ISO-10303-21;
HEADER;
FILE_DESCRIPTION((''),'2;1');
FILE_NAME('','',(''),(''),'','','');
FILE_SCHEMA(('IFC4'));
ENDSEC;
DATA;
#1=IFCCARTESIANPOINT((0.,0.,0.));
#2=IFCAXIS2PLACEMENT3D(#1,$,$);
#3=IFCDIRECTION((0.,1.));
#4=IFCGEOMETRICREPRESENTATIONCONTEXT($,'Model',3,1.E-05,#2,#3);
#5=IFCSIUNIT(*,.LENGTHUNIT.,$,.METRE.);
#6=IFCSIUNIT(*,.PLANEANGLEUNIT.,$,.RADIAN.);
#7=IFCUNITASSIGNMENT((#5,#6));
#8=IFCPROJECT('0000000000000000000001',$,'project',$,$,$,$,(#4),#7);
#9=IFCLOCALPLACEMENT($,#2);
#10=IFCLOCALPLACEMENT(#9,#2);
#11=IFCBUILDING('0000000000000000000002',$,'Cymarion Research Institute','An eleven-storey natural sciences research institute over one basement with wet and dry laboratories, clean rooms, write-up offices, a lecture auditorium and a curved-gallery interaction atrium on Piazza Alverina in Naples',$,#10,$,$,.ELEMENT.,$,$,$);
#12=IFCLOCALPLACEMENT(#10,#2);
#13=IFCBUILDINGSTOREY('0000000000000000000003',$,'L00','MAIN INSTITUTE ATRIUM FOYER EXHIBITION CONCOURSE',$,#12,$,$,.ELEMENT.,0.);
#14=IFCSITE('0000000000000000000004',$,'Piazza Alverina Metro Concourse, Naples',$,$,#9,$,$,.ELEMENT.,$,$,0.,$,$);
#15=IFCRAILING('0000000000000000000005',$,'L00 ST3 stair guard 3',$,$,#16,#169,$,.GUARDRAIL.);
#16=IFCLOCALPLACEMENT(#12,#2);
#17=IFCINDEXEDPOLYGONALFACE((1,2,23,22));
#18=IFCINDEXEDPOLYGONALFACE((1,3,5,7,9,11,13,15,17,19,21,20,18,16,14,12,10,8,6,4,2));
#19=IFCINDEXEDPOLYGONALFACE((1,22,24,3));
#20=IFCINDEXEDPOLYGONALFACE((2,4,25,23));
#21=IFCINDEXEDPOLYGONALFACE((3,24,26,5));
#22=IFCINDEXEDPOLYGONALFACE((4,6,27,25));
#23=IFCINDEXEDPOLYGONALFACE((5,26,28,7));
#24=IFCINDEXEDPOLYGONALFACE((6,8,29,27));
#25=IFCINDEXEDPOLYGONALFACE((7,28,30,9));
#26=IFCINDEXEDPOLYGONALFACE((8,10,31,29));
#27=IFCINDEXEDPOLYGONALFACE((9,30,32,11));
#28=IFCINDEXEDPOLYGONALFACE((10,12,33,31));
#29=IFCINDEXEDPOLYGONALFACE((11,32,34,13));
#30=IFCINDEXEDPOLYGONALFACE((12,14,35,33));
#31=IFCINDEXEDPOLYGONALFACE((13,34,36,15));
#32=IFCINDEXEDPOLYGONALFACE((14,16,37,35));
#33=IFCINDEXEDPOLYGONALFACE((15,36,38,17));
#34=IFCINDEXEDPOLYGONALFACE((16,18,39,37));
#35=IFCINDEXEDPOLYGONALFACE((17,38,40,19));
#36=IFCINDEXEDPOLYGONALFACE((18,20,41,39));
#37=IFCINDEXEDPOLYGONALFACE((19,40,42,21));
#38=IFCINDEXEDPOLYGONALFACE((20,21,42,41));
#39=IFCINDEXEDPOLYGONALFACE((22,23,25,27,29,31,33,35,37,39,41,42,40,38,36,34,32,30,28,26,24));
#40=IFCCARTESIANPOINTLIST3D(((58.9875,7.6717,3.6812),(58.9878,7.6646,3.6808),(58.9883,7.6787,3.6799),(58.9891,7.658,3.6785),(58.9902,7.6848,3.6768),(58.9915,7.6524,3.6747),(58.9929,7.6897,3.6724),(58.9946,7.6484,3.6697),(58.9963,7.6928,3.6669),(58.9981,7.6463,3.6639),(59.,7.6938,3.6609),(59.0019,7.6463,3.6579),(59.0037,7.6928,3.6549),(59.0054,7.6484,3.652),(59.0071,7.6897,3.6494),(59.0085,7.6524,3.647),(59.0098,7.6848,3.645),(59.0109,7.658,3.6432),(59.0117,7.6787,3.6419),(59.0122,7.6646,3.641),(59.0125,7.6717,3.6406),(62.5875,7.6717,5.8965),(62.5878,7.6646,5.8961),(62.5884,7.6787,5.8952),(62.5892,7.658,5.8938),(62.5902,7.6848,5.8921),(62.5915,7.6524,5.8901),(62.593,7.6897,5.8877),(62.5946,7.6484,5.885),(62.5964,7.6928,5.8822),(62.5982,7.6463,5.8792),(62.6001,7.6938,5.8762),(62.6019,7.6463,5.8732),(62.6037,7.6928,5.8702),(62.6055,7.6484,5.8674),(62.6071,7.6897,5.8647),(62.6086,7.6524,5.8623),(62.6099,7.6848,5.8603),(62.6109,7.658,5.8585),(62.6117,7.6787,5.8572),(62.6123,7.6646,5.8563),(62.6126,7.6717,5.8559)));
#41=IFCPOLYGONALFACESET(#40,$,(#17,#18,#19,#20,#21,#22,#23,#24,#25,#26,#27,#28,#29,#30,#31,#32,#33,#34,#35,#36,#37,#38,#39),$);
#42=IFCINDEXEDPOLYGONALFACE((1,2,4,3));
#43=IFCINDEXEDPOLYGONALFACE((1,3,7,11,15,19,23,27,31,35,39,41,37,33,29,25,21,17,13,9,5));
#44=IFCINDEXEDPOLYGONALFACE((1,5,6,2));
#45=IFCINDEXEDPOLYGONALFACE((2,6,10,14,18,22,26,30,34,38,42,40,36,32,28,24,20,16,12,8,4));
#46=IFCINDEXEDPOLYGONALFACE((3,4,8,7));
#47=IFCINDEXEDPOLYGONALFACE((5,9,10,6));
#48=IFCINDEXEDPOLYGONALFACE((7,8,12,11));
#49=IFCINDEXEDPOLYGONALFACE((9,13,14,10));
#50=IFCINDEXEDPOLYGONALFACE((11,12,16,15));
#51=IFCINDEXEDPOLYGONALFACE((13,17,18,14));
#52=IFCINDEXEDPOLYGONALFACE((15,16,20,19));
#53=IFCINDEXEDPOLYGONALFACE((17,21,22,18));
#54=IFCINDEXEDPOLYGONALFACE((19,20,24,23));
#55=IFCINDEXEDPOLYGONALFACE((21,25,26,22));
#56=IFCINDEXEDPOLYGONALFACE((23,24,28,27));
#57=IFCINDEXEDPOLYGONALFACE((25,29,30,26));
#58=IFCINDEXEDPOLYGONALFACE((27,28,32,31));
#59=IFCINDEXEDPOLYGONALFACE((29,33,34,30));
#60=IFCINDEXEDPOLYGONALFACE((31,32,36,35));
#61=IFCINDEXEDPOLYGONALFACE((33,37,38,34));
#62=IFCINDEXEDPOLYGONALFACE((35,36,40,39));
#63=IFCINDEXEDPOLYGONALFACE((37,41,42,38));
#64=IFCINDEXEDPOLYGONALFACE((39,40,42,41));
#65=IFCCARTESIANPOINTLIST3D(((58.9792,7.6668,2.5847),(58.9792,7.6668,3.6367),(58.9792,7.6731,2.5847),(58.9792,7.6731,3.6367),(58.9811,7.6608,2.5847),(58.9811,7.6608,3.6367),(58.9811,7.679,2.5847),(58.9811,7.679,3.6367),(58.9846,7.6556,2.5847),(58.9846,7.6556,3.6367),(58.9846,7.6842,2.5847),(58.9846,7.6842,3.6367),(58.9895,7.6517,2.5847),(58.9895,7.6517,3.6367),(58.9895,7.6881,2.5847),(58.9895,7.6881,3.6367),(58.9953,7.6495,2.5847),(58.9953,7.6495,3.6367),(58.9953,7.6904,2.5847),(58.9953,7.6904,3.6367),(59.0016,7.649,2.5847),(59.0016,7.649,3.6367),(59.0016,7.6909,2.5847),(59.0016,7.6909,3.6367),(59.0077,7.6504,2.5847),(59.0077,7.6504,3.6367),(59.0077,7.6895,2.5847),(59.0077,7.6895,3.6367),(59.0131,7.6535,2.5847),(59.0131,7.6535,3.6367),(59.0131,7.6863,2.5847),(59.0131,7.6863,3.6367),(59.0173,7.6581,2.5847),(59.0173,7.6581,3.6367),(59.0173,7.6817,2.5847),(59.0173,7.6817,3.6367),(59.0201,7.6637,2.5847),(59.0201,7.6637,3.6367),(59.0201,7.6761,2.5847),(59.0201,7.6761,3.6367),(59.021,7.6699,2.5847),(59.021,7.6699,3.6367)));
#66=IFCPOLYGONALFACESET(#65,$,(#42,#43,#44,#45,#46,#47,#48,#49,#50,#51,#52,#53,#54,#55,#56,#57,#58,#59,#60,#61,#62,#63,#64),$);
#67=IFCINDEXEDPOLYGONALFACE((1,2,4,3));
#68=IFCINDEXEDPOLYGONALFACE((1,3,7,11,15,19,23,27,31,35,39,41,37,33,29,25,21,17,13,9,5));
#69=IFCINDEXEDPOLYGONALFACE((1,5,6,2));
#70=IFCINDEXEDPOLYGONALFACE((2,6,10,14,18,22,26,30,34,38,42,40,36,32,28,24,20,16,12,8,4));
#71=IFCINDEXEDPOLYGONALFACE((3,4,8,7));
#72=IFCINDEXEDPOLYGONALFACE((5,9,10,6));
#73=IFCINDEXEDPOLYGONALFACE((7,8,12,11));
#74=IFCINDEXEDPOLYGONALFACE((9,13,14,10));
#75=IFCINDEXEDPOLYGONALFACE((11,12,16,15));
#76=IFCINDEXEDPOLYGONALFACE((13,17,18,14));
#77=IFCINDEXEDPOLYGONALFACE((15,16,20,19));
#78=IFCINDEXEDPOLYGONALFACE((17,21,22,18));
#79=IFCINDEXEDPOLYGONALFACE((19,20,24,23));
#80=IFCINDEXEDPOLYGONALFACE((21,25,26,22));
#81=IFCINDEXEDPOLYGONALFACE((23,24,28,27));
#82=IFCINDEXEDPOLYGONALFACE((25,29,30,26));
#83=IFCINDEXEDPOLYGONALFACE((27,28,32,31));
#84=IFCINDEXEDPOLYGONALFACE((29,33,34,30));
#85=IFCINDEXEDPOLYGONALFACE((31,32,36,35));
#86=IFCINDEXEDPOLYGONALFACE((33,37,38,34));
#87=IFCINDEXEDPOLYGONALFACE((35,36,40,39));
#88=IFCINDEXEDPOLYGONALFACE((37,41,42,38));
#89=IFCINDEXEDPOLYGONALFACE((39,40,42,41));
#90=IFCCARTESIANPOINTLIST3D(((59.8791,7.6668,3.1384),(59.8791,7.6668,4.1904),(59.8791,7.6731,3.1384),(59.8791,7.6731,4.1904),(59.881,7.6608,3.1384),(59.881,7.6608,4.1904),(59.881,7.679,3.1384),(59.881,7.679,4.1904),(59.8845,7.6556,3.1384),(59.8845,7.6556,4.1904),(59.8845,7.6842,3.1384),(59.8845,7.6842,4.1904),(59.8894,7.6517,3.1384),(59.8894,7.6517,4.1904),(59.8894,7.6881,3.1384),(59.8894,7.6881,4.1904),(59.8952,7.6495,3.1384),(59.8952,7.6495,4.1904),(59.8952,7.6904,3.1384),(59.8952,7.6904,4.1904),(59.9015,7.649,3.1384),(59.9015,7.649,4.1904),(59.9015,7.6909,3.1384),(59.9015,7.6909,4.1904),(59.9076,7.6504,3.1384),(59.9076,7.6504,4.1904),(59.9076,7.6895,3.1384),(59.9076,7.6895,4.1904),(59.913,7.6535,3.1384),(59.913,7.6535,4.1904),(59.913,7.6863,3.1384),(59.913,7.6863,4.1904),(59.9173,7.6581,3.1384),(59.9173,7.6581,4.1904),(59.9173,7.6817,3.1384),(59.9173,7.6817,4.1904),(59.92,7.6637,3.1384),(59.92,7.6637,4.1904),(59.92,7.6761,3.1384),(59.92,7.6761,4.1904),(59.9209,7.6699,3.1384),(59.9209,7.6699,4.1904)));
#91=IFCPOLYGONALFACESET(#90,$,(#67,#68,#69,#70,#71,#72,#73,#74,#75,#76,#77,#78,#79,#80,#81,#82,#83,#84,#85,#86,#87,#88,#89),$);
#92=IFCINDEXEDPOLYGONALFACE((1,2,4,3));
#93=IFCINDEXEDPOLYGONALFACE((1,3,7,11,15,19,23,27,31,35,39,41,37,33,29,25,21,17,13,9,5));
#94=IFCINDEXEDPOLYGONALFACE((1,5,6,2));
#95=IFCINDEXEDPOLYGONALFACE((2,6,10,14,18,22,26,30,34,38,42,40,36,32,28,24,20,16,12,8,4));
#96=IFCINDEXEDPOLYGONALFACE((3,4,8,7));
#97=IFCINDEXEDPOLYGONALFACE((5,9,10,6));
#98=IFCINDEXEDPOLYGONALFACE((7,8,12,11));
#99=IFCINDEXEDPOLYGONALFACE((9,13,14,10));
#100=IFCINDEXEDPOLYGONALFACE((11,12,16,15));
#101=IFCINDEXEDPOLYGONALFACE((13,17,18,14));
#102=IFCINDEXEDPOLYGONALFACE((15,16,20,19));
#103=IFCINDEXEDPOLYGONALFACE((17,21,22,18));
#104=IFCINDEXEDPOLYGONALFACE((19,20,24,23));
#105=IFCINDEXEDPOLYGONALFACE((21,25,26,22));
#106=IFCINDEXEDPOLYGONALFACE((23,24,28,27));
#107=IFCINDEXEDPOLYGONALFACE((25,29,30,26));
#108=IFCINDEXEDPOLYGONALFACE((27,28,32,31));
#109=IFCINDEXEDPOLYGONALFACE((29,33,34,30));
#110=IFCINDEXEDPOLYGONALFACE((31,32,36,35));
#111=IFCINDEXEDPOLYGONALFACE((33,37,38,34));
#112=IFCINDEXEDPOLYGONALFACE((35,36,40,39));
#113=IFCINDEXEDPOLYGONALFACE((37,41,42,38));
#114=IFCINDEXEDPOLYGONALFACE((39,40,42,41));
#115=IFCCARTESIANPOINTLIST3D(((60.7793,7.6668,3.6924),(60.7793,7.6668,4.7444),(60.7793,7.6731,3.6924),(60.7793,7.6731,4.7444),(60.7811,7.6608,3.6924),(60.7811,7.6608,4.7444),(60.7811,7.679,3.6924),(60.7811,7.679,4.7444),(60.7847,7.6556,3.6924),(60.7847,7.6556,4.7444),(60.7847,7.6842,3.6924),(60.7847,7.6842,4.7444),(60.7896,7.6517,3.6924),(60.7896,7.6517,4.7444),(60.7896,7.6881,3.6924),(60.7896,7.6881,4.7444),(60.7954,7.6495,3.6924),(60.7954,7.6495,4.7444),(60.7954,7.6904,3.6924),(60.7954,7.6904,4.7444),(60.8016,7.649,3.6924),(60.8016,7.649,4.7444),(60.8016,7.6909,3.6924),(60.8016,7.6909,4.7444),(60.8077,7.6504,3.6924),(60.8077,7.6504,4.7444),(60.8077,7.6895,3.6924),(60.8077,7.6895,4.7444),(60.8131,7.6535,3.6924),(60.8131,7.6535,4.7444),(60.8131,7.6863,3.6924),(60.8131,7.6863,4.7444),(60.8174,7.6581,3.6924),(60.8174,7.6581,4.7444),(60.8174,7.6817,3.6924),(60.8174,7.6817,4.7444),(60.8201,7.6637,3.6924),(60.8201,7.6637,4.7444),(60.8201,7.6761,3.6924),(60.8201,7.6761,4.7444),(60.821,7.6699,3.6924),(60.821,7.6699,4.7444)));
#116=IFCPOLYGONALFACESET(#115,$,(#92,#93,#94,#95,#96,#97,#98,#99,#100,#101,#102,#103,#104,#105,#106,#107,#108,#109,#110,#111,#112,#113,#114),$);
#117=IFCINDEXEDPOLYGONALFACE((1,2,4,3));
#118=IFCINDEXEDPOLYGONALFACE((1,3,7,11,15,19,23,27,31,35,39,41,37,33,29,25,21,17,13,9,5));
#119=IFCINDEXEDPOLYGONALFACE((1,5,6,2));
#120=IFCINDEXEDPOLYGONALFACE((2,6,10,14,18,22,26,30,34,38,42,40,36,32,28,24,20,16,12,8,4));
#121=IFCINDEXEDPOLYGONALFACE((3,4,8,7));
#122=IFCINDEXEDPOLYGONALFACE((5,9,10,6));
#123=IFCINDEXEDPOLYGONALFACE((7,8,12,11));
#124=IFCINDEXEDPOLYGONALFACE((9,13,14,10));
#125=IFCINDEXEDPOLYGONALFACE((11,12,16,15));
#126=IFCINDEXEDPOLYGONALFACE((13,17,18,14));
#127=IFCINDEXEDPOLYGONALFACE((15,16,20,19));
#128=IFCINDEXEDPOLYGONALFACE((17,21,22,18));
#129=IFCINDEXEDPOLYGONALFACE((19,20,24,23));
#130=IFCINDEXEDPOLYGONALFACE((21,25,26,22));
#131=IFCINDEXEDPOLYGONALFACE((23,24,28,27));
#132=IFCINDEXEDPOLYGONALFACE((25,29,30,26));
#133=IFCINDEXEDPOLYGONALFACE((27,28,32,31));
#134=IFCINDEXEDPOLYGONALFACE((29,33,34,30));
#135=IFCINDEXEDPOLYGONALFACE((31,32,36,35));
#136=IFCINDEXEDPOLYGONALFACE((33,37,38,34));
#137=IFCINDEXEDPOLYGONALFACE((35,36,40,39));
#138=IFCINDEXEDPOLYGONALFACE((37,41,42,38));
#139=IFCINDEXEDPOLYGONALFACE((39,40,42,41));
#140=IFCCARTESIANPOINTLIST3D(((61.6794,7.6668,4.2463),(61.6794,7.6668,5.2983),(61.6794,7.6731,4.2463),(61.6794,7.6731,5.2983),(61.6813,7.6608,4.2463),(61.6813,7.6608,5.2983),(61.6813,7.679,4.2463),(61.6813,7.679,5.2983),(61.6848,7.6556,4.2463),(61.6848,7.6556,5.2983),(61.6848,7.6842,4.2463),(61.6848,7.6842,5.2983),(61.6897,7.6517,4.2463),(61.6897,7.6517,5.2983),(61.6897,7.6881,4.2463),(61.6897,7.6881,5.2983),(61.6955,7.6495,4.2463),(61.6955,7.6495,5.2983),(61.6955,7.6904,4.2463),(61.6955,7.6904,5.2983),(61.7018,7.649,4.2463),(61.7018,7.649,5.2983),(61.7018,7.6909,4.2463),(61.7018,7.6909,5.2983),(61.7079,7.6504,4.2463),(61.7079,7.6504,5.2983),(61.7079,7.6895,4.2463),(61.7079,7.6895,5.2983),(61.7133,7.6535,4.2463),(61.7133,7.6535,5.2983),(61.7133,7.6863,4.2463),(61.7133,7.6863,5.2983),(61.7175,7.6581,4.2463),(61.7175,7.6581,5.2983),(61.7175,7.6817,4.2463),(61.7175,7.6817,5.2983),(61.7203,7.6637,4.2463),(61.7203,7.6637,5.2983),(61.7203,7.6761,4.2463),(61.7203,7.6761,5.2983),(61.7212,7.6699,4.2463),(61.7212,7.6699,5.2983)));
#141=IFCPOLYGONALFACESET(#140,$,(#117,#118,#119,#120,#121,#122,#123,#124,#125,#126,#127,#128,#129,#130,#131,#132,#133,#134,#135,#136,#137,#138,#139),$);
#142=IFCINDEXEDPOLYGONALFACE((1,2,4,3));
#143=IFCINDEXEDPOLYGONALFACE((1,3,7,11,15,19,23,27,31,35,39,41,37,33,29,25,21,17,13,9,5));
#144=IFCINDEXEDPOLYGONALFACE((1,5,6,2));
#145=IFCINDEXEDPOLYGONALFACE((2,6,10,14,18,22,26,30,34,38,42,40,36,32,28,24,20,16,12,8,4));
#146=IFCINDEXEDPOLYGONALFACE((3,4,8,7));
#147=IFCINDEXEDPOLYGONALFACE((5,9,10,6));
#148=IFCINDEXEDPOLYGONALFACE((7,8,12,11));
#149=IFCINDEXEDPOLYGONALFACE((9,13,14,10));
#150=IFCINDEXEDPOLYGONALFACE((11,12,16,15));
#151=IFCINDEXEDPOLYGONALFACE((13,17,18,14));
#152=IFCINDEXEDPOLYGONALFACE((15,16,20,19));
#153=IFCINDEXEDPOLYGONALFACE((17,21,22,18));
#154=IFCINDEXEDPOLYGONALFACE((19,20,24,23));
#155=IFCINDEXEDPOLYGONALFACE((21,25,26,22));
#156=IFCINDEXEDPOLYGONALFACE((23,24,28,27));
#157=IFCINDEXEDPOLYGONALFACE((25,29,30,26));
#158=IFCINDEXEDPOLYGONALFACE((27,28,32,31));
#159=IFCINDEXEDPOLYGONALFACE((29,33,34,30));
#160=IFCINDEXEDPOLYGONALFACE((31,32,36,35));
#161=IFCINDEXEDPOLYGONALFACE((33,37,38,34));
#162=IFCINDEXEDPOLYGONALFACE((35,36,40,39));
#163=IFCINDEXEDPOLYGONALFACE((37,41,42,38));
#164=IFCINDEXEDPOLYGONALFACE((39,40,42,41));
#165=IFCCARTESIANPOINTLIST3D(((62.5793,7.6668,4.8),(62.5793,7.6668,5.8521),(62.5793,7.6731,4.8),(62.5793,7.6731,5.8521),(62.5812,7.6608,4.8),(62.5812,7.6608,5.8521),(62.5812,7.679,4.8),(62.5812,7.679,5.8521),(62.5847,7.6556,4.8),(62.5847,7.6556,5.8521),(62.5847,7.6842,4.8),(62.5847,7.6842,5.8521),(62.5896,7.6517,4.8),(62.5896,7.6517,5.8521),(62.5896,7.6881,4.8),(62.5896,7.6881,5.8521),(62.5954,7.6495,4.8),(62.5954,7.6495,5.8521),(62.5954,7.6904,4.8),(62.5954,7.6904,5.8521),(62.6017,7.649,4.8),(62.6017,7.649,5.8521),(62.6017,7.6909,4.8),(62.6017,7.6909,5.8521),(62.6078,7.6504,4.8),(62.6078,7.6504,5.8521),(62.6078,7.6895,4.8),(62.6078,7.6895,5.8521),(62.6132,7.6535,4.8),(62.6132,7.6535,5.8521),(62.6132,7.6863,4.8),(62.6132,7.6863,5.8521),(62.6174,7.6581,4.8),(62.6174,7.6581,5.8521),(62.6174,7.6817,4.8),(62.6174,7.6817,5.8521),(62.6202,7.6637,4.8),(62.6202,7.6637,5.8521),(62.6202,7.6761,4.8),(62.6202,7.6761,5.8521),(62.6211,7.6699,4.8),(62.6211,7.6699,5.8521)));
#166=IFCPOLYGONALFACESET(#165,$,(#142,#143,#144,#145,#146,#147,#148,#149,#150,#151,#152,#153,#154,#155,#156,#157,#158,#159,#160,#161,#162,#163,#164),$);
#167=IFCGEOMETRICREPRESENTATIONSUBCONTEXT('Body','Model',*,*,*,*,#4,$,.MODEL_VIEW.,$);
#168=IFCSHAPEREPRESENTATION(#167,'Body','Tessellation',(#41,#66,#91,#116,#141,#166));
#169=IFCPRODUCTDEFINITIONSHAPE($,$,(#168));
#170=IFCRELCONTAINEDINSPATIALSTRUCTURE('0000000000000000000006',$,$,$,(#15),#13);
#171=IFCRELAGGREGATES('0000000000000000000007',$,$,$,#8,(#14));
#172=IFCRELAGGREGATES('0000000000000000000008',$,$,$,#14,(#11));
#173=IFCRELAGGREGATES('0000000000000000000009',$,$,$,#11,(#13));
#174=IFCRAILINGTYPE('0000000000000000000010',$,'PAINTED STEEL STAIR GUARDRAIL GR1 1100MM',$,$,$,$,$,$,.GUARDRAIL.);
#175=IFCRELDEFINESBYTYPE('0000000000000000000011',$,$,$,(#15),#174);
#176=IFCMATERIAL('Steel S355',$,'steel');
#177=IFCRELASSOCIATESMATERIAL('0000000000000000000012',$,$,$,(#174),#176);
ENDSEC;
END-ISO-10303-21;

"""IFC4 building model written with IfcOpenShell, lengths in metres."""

from ifc_helpers import new_model, si_unit, direction, frame, origin, origin_2d, place, context, subcontext, project, spatial, circle, extrude, material, type_object, element, save


model = new_model("IFC4")

# Units and contexts
model_context = context("Model", 3, precision=1e-05, world=origin(), true_north=direction((0.0, 1.0)))
body_context = subcontext(model_context, "Body", "Model", "MODEL_VIEW")
ifc_project = project(units=[si_unit("LENGTHUNIT", "METRE"), si_unit("PLANEANGLEUNIT", "RADIAN")], contexts=[model_context])

# Site, building, storey
site_placement = place(None, origin())
site = spatial("IfcSite", under=ifc_project, at=site_placement, Name="Piazza Alverina Metro Concourse, Naples", CompositionType="ELEMENT", RefElevation=0.0)
building_placement = place(site_placement, origin())
building = spatial("IfcBuilding", under=site, at=building_placement, Name="Cymarion Research Institute", Description="An eleven-storey natural sciences research institute over one basement with wet and dry laboratories, clean rooms, write-up offices, a lecture auditorium and a curved-gallery interaction atrium on Piazza Alverina in Naples", CompositionType="ELEMENT")
storey_placement = place(building_placement, origin())
storey = spatial("IfcBuildingStorey", under=building, at=storey_placement, Name="L00", Description="MAIN INSTITUTE ATRIUM FOYER EXHIBITION CONCOURSE", CompositionType="ELEMENT", Elevation=0.0)

# Shared definitions
ifc_material_1 = material(Name="Steel S355", Category="steel")

# Railing
railing_type_1 = type_object("IfcRailingType", Name="PAINTED STEEL STAIR GUARDRAIL GR1 1100MM", PredefinedType="GUARDRAIL", material=ifc_material_1)
railing_1_placement = place(storey_placement, frame((59.0, 7.6699, 2.5847)))
element("IfcRailing", 1, at=railing_1_placement, inside=storey, type_object=railing_type_1, Name="L00 ST3 stair guard 3", PredefinedType="GUARDRAIL", context=body_context, shape_type="SweptSolid", body=[
    extrude(circle(Radius=0.0239, at=origin_2d()), frame((0.0, 0.0, 1.0762), z_axis=(0.85167, 0.0, 0.524078), x_axis=(0.0, 1.0, 0.0)), (0.0, 0.0, 1.0), 4.2271),
    extrude(circle(Radius=0.021, at=origin_2d()), origin(), (0.0, 0.0, 1.0), 1.052),
    extrude(circle(Radius=0.021, at=origin_2d()), frame((0.8999, 0.0, 0.5537)), (0.0, 0.0, 1.0), 1.052),
    extrude(circle(Radius=0.021, at=origin_2d()), frame((1.8, 0.0, 1.1077)), (0.0, 0.0, 1.0), 1.052),
    extrude(circle(Radius=0.021, at=origin_2d()), frame((2.7002, 0.0, 1.6616)), (0.0, 0.0, 1.0), 1.052),
    extrude(circle(Radius=0.021, at=origin_2d()), frame((3.6001, 0.0, 2.2153)), (0.0, 0.0, 1.0), 1.052),
])

save(model, "model.ifc")
